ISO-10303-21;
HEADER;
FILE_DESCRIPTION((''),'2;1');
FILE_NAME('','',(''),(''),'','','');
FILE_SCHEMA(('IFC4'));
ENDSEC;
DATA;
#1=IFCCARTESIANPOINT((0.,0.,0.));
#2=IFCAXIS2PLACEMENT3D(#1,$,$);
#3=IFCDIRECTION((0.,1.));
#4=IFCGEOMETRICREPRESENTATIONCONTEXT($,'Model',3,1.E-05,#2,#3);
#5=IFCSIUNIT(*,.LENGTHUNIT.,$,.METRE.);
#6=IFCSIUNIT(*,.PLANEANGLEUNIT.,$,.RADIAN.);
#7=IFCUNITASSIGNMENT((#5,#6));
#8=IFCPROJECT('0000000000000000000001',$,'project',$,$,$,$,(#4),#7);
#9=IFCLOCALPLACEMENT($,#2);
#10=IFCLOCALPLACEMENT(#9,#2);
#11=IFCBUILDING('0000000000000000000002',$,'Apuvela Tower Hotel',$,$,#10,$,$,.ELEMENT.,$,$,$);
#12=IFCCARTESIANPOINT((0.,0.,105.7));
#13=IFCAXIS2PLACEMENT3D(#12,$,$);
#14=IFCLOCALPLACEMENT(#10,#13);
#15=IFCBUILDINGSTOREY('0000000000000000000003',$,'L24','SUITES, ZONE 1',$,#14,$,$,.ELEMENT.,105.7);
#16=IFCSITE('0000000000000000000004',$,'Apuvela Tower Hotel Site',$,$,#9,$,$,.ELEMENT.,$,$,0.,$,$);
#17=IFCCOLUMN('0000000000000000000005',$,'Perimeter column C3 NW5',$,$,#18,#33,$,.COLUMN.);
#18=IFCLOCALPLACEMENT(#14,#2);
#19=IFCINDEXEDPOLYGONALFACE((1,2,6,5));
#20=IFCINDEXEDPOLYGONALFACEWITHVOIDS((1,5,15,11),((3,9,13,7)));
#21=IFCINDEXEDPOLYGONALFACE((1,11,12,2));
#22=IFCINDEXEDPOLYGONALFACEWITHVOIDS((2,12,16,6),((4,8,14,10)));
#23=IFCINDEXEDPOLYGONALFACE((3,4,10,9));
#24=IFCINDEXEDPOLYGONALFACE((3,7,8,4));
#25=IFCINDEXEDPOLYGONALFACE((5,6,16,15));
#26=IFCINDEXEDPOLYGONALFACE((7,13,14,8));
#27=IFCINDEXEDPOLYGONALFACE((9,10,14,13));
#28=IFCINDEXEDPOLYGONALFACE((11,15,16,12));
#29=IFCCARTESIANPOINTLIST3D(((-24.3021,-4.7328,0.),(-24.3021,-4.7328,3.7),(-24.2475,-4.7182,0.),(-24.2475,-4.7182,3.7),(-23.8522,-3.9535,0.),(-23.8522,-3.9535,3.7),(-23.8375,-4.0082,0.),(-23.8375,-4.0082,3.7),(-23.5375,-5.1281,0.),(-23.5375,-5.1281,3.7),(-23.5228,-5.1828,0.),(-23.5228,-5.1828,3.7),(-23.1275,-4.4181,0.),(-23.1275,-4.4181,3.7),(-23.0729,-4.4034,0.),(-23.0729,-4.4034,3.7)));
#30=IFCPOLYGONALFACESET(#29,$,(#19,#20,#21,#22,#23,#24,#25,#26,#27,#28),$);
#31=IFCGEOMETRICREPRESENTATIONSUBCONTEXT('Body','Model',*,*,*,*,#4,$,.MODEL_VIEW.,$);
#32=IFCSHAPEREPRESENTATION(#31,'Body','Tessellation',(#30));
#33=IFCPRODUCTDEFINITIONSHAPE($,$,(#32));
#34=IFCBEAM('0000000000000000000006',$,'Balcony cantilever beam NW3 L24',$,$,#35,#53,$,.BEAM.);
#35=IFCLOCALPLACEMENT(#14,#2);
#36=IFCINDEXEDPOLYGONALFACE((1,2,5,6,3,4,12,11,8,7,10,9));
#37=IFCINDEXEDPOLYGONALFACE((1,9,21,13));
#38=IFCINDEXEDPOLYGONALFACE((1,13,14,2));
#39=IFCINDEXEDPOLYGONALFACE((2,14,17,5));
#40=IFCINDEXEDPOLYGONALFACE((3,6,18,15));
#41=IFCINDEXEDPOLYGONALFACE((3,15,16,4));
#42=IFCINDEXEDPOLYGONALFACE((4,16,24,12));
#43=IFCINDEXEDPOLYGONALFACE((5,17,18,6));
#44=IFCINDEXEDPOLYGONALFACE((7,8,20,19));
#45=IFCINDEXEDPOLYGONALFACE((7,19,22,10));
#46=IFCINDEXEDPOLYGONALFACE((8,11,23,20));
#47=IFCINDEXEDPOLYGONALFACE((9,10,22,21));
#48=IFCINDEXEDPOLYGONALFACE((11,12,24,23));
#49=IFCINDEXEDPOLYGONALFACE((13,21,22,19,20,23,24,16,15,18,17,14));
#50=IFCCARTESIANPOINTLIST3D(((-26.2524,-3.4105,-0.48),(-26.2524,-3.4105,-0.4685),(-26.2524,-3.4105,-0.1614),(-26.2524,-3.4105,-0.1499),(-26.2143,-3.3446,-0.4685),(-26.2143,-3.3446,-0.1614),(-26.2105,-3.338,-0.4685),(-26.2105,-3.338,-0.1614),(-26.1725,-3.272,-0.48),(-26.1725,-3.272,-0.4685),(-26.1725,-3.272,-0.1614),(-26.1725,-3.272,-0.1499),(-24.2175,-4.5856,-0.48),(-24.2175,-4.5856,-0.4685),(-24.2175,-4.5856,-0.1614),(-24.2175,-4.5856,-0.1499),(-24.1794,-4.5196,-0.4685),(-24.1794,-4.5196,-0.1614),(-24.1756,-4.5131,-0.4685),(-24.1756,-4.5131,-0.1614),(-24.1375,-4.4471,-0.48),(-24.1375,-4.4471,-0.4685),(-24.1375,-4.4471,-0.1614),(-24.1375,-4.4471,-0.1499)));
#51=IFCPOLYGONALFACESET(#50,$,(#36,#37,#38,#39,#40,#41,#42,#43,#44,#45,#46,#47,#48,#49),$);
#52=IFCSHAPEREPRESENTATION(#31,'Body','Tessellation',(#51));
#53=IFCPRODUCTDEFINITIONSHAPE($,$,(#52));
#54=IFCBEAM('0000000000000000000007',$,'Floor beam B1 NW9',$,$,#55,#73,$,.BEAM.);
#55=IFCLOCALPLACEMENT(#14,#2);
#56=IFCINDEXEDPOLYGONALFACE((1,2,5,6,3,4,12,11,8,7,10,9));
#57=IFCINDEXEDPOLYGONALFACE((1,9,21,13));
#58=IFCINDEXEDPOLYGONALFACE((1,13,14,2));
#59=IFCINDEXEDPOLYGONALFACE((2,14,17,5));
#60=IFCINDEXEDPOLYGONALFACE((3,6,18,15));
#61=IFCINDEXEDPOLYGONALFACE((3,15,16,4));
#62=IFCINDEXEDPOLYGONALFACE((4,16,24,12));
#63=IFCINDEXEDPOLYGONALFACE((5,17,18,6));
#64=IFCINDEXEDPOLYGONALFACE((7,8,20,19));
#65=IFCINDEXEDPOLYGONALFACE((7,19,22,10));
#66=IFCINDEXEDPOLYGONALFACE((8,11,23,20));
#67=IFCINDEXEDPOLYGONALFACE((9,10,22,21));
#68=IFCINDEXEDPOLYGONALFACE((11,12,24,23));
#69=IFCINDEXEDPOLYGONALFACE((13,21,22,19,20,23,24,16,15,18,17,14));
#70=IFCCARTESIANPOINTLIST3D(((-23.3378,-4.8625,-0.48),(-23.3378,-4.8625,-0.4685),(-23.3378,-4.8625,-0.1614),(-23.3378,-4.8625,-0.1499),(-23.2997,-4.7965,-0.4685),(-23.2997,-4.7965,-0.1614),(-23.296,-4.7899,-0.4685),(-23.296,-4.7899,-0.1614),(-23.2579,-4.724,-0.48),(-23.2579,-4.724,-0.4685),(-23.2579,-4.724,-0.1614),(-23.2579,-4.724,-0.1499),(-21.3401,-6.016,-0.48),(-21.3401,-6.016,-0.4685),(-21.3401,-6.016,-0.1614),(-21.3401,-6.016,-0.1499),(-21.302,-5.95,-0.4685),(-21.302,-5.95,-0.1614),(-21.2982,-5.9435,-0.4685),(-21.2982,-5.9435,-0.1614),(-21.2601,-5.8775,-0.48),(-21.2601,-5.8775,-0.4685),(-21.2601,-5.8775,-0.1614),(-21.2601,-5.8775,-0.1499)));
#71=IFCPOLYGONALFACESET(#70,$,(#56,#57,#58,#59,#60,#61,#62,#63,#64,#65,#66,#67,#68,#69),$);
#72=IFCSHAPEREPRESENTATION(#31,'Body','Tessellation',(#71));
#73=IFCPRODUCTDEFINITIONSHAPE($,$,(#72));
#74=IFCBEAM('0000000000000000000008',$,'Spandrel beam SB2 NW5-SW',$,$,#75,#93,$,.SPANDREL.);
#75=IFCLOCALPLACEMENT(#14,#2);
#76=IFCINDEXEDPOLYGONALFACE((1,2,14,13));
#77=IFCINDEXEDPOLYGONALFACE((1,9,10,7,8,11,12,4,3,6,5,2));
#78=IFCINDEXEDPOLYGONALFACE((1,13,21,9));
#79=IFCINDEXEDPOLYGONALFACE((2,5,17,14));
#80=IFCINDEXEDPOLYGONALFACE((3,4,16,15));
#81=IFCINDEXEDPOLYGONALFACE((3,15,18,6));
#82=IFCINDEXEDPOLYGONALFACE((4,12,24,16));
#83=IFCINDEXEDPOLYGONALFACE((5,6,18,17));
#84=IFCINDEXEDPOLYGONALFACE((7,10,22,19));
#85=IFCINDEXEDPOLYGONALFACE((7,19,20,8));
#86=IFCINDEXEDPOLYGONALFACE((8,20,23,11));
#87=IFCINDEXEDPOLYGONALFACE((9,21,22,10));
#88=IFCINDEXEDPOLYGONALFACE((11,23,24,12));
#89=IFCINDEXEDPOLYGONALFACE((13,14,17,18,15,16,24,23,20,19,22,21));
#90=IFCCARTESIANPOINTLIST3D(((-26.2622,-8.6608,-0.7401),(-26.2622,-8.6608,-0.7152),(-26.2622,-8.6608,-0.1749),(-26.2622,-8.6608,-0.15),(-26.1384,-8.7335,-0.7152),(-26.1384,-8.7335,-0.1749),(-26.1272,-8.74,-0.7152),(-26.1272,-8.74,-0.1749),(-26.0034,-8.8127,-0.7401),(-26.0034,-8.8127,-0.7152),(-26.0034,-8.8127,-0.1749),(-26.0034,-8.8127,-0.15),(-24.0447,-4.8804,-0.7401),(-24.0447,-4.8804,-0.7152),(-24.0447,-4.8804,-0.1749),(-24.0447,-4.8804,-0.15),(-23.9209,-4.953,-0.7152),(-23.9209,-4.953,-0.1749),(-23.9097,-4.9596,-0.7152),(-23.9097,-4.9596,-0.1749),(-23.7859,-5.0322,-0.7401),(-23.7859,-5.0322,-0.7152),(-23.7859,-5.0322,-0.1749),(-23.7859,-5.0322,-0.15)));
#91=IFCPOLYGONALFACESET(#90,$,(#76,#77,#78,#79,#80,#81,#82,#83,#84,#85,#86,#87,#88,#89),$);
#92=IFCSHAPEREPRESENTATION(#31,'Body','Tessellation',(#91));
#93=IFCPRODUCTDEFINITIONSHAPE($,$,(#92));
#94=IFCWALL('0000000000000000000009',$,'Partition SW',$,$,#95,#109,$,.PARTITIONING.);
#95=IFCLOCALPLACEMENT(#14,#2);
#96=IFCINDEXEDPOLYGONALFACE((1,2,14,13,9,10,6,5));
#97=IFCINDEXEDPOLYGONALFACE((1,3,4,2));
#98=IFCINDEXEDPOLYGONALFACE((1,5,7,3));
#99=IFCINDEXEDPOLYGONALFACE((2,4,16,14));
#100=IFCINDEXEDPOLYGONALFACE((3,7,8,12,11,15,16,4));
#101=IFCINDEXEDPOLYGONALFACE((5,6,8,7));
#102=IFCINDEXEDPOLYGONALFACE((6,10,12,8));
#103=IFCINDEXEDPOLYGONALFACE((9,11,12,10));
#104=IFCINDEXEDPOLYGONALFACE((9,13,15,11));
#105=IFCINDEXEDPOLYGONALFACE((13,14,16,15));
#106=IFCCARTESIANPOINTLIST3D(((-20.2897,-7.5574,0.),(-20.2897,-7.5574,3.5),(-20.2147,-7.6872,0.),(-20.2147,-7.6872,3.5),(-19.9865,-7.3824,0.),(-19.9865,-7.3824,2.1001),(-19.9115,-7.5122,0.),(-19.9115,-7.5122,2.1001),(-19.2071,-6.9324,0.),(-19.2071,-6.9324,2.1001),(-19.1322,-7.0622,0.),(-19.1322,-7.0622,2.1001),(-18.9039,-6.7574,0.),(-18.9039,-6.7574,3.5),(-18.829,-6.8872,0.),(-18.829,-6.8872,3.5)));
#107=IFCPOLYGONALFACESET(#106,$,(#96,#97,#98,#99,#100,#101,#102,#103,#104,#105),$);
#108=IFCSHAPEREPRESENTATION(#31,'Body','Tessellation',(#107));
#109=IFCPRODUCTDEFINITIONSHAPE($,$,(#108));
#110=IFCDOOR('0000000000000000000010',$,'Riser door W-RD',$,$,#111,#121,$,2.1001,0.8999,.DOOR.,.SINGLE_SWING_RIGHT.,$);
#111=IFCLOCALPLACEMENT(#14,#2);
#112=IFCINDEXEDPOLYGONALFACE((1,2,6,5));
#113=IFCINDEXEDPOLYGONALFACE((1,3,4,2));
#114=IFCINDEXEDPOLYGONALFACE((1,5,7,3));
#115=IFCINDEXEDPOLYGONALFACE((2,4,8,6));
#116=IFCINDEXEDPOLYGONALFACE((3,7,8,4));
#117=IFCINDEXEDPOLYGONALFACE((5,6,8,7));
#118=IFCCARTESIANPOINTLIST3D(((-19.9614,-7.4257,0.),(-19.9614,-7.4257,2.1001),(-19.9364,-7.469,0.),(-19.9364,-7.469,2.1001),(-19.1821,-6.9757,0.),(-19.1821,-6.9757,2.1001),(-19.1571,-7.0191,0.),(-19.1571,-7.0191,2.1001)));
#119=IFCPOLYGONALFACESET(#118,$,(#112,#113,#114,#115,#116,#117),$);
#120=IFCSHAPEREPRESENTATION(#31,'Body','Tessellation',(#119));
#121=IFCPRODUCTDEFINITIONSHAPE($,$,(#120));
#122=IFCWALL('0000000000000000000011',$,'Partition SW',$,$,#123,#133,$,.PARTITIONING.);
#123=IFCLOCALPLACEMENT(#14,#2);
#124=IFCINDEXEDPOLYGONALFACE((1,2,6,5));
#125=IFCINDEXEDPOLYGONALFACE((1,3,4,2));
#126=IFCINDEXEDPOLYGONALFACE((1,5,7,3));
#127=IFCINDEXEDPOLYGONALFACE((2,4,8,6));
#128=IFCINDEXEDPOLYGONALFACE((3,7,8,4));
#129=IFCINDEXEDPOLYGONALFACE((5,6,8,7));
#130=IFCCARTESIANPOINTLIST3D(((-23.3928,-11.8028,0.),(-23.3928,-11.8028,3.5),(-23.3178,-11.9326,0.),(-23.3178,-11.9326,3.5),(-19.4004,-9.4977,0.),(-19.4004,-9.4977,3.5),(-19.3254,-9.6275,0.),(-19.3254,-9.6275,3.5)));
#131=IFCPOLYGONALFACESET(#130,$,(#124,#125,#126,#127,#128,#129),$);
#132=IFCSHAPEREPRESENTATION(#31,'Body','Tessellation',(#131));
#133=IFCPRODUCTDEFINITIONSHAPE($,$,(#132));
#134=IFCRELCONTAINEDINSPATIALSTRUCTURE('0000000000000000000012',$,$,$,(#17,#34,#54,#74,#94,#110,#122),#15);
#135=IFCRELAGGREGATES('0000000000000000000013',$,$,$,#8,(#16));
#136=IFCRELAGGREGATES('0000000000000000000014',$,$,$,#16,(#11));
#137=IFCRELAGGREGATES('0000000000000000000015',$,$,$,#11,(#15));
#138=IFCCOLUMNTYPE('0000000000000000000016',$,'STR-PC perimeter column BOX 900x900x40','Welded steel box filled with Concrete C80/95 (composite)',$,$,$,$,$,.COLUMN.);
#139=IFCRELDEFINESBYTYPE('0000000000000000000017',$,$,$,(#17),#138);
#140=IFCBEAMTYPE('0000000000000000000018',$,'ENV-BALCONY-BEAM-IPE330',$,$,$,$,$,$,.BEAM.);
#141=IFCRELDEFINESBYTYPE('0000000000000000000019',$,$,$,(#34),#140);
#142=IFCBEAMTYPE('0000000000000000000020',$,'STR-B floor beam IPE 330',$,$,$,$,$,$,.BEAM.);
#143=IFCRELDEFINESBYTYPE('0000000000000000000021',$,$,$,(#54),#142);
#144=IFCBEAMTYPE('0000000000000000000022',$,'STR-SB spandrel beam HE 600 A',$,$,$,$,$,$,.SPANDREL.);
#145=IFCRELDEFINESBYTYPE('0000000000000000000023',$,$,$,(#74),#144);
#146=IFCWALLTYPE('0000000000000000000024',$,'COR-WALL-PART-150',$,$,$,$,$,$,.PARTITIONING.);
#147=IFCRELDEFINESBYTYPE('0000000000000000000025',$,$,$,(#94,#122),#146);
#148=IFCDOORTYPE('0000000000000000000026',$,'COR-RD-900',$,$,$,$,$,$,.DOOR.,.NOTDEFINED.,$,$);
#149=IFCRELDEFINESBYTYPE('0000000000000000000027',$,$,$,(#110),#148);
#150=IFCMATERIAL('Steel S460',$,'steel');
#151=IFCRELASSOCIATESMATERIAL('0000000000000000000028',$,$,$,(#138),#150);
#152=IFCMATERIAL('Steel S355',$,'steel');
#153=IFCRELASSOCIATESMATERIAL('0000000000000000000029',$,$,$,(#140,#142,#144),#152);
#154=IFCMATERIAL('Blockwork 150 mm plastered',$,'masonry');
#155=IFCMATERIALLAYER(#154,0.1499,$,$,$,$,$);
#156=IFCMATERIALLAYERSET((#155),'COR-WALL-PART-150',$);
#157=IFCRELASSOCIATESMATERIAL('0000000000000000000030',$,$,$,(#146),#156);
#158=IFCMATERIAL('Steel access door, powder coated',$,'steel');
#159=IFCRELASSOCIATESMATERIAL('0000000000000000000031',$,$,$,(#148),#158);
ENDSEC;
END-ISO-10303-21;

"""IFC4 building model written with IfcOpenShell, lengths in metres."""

from ifc_helpers import new_model, si_unit, direction, frame, frame_2d, origin, origin_2d, place, context, subcontext, project, spatial, rectangle, hollow_rectangle, i_section, extrude, material, layer, layer_set, material_profile, profile_set, type_object, element, fill, save


model = new_model("IFC4")

# Units and contexts
model_context = context("Model", 3, precision=1e-05, world=origin(), true_north=direction((0.0, 1.0)))
body_context = subcontext(model_context, "Body", "Model", "MODEL_VIEW")
ifc_project = project(units=[si_unit("LENGTHUNIT", "METRE"), si_unit("PLANEANGLEUNIT", "RADIAN")], contexts=[model_context])

# Site, building, storey
site_placement = place(None, origin())
site = spatial("IfcSite", under=ifc_project, at=site_placement, Name="Apuvela Tower Hotel Site", CompositionType="ELEMENT", RefElevation=0.0)
building_placement = place(site_placement, origin())
building = spatial("IfcBuilding", under=site, at=building_placement, Name="Apuvela Tower Hotel", CompositionType="ELEMENT")
storey_placement = place(building_placement, frame((0.0, 0.0, 105.7)))
storey = spatial("IfcBuildingStorey", under=building, at=storey_placement, Name="L24", Description="SUITES, ZONE 1", CompositionType="ELEMENT", Elevation=105.7)

# Column
ifc_material_1 = material(Name="Steel S460", Category="steel")
ifc_material_profile_1 = material_profile(ifc_material_1, hollow_rectangle(XDim=0.8999, YDim=0.8999, WallThickness=0.04, at=origin_2d()), Name="BOX 900x900x40")
ifc_material_2 = material(Name="Concrete C80/95", Category="concrete")
ifc_material_profile_2 = material_profile(ifc_material_2, rectangle(XDim=0.8201, YDim=0.8201, at=origin_2d()), Name="Concrete C80/95 infill")
ifc_profile_set_1 = profile_set([ifc_material_profile_1, ifc_material_profile_2], Name="Steel S460")
column_type = type_object("IfcColumnType", Name="STR-PC perimeter column BOX 900x900x40", Description="Welded steel box filled with Concrete C80/95 (composite)", PredefinedType="COLUMN", material=ifc_profile_set_1)
column_placement = place(storey_placement, frame((-23.6875, -4.5681, 0.0), z_axis=(0.0, 0.0, 1.0), x_axis=(0.5, 0.866025, 0.0)))
element("IfcColumn", 1, at=column_placement, inside=storey, type_object=column_type, Name="Perimeter column C3 NW5", PredefinedType="COLUMN", context=body_context, shape_type="SweptSolid", body=[
    extrude(hollow_rectangle(XDim=0.8999, YDim=0.8999, WallThickness=0.04, at=origin_2d()), origin(), (0.0, 0.0, 1.0), 3.7),
])

# Beams
ifc_material_3 = material(Name="Steel S355", Category="steel")
ifc_material_profile_3 = material_profile(ifc_material_3, i_section(OverallWidth=0.1599, OverallDepth=0.3301, WebThickness=0.0076, FlangeThickness=0.0115, at=origin_2d()), Name="IPE 330")
ifc_profile_set_2 = profile_set([ifc_material_profile_3], Name="Steel S355")
beam_type_1 = type_object("IfcBeamType", Name="ENV-BALCONY-BEAM-IPE330", PredefinedType="BEAM", material=ifc_profile_set_2)
beam_1_placement = place(storey_placement, frame((-24.1775, -4.5164, -0.3149), z_axis=(-0.86599, 0.500061, 0.0), x_axis=(-0.500061, -0.86599, 0.0)))
element("IfcBeam", 2, at=beam_1_placement, inside=storey, type_object=beam_type_1, Name="Balcony cantilever beam NW3 L24", PredefinedType="BEAM", context=body_context, shape_type="SweptSolid", body=[
    extrude(i_section(OverallWidth=0.1599, OverallDepth=0.3301, WebThickness=0.0076, FlangeThickness=0.0115, at=origin_2d()), origin(), (0.0, 0.0, 1.0), 2.3499),
])
ifc_material_profile_4 = material_profile(ifc_material_3, i_section(OverallWidth=0.1599, OverallDepth=0.3301, WebThickness=0.0076, FlangeThickness=0.0115, at=origin_2d()), Name="IPE 330")
ifc_profile_set_3 = profile_set([ifc_material_profile_4], Name="Steel S355")
beam_type_2 = type_object("IfcBeamType", Name="STR-B floor beam IPE 330", PredefinedType="BEAM", material=ifc_profile_set_3)
beam_2_placement = place(storey_placement, frame((-23.2979, -4.7932, -0.3149), z_axis=(0.866001, -0.500043, 0.0), x_axis=(0.500043, 0.866001, 0.0)))
element("IfcBeam", 3, at=beam_2_placement, inside=storey, type_object=beam_type_2, Name="Floor beam B1 NW9", PredefinedType="BEAM", context=body_context, shape_type="SweptSolid", body=[
    extrude(i_section(OverallWidth=0.1599, OverallDepth=0.3301, WebThickness=0.0076, FlangeThickness=0.0115, at=origin_2d()), origin(), (0.0, 0.0, 1.0), 2.3069),
])
ifc_material_profile_5 = material_profile(ifc_material_3, i_section(OverallWidth=0.3, OverallDepth=0.5901, WebThickness=0.0129, FlangeThickness=0.0249, at=origin_2d()), Name="HE 600 A")
ifc_profile_set_4 = profile_set([ifc_material_profile_5], Name="Steel S355")
beam_type_3 = type_object("IfcBeamType", Name="STR-SB spandrel beam HE 600 A", PredefinedType="SPANDREL", material=ifc_profile_set_4)
beam_3_placement = place(storey_placement, frame((-23.9153, -4.9563, -0.4451), z_axis=(-0.505951, -0.862562, 0.0), x_axis=(0.862562, -0.505951, 0.0)))
element("IfcBeam", 4, at=beam_3_placement, inside=storey, type_object=beam_type_3, Name="Spandrel beam SB2 NW5-SW", PredefinedType="SPANDREL", context=body_context, shape_type="SweptSolid", body=[
    extrude(i_section(OverallWidth=0.3, OverallDepth=0.5901, WebThickness=0.0129, FlangeThickness=0.0249, at=origin_2d()), origin(), (0.0, 0.0, 1.0), 4.3828),
])

# Wall, opening, door
ifc_material_4 = material(Name="Blockwork 150 mm plastered", Category="masonry")
ifc_layer_1 = layer(ifc_material_4, 0.1499)
ifc_layer_set_1 = layer_set([ifc_layer_1], Name="COR-WALL-PART-150")
wall_type_1 = type_object("IfcWallType", Name="COR-WALL-PART-150", PredefinedType="PARTITIONING", material=ifc_layer_set_1)
wall_1_placement = place(storey_placement, frame((-18.8665, -6.8223, 0.0), z_axis=(0.0, 0.0, 1.0), x_axis=(-0.866028, -0.499995, 0.0)))
wall_1 = element("IfcWall", 5, at=wall_1_placement, inside=storey, type_object=wall_type_1, Name="Partition SW", PredefinedType="PARTITIONING", context=body_context, shape_type="SweptSolid", body=[
    extrude(rectangle(XDim=1.6001, YDim=0.1499, at=frame_2d((0.8, 0.0))), origin(), (0.0, 0.0, 1.0), 3.5),
])
opening_1_placement = place(wall_1_placement, frame((0.3501, 0.0, 0.0)))
opening_1 = element("IfcOpeningElement", 6, at=opening_1_placement, cuts=wall_1, PredefinedType="OPENING", context=body_context, shape_type="SweptSolid", body=[
    extrude(rectangle(XDim=0.8999, YDim=2.1001, at=frame_2d((0.45, 1.05))), frame((0.0, 0.085, 0.0), z_axis=(0.0, -1.0, 0.0), x_axis=(1.0, 0.0, 0.0)), (0.0, 0.0, 1.0), 0.1699),
])
ifc_material_5 = material(Name="Steel access door, powder coated", Category="steel")
door_type_1 = type_object("IfcDoorType", Name="COR-RD-900", OperationType="NOTDEFINED", PredefinedType="DOOR", material=ifc_material_5)
door_1_placement = place(opening_1_placement, frame((0.8999, 0.0, 0.0), z_axis=(0.0, 0.0, 1.0), x_axis=(-1.0, 0.0, 0.0)))
door_1 = element("IfcDoor", 7, at=door_1_placement, inside=storey, type_object=door_type_1, Name="Riser door W-RD", OperationType="SINGLE_SWING_RIGHT", OverallHeight=2.1001, OverallWidth=0.8999, PredefinedType="DOOR", context=body_context, shape_type="SweptSolid", body=[
    extrude(rectangle(XDim=0.8999, YDim=2.1001, at=frame_2d((0.45, 1.05))), frame((0.0, 0.0249, 0.0), z_axis=(0.0, -1.0, 0.0), x_axis=(1.0, 0.0, 0.0)), (0.0, 0.0, 1.0), 0.05),
])
fill(opening_1, door_1)

# Wall
wall_2_placement = place(storey_placement, frame((-19.3628, -9.5625, 0.0), z_axis=(0.0, 0.0, 1.0), x_axis=(-0.866012, -0.500023, 0.0)))
element("IfcWall", 8, at=wall_2_placement, inside=storey, type_object=wall_type_1, Name="Partition SW", PredefinedType="PARTITIONING", context=body_context, shape_type="SweptSolid", body=[
    extrude(rectangle(XDim=4.6101, YDim=0.1499, at=frame_2d((2.3052, 0.0))), origin(), (0.0, 0.0, 1.0), 3.5),
])

save(model, "model.ifc")
